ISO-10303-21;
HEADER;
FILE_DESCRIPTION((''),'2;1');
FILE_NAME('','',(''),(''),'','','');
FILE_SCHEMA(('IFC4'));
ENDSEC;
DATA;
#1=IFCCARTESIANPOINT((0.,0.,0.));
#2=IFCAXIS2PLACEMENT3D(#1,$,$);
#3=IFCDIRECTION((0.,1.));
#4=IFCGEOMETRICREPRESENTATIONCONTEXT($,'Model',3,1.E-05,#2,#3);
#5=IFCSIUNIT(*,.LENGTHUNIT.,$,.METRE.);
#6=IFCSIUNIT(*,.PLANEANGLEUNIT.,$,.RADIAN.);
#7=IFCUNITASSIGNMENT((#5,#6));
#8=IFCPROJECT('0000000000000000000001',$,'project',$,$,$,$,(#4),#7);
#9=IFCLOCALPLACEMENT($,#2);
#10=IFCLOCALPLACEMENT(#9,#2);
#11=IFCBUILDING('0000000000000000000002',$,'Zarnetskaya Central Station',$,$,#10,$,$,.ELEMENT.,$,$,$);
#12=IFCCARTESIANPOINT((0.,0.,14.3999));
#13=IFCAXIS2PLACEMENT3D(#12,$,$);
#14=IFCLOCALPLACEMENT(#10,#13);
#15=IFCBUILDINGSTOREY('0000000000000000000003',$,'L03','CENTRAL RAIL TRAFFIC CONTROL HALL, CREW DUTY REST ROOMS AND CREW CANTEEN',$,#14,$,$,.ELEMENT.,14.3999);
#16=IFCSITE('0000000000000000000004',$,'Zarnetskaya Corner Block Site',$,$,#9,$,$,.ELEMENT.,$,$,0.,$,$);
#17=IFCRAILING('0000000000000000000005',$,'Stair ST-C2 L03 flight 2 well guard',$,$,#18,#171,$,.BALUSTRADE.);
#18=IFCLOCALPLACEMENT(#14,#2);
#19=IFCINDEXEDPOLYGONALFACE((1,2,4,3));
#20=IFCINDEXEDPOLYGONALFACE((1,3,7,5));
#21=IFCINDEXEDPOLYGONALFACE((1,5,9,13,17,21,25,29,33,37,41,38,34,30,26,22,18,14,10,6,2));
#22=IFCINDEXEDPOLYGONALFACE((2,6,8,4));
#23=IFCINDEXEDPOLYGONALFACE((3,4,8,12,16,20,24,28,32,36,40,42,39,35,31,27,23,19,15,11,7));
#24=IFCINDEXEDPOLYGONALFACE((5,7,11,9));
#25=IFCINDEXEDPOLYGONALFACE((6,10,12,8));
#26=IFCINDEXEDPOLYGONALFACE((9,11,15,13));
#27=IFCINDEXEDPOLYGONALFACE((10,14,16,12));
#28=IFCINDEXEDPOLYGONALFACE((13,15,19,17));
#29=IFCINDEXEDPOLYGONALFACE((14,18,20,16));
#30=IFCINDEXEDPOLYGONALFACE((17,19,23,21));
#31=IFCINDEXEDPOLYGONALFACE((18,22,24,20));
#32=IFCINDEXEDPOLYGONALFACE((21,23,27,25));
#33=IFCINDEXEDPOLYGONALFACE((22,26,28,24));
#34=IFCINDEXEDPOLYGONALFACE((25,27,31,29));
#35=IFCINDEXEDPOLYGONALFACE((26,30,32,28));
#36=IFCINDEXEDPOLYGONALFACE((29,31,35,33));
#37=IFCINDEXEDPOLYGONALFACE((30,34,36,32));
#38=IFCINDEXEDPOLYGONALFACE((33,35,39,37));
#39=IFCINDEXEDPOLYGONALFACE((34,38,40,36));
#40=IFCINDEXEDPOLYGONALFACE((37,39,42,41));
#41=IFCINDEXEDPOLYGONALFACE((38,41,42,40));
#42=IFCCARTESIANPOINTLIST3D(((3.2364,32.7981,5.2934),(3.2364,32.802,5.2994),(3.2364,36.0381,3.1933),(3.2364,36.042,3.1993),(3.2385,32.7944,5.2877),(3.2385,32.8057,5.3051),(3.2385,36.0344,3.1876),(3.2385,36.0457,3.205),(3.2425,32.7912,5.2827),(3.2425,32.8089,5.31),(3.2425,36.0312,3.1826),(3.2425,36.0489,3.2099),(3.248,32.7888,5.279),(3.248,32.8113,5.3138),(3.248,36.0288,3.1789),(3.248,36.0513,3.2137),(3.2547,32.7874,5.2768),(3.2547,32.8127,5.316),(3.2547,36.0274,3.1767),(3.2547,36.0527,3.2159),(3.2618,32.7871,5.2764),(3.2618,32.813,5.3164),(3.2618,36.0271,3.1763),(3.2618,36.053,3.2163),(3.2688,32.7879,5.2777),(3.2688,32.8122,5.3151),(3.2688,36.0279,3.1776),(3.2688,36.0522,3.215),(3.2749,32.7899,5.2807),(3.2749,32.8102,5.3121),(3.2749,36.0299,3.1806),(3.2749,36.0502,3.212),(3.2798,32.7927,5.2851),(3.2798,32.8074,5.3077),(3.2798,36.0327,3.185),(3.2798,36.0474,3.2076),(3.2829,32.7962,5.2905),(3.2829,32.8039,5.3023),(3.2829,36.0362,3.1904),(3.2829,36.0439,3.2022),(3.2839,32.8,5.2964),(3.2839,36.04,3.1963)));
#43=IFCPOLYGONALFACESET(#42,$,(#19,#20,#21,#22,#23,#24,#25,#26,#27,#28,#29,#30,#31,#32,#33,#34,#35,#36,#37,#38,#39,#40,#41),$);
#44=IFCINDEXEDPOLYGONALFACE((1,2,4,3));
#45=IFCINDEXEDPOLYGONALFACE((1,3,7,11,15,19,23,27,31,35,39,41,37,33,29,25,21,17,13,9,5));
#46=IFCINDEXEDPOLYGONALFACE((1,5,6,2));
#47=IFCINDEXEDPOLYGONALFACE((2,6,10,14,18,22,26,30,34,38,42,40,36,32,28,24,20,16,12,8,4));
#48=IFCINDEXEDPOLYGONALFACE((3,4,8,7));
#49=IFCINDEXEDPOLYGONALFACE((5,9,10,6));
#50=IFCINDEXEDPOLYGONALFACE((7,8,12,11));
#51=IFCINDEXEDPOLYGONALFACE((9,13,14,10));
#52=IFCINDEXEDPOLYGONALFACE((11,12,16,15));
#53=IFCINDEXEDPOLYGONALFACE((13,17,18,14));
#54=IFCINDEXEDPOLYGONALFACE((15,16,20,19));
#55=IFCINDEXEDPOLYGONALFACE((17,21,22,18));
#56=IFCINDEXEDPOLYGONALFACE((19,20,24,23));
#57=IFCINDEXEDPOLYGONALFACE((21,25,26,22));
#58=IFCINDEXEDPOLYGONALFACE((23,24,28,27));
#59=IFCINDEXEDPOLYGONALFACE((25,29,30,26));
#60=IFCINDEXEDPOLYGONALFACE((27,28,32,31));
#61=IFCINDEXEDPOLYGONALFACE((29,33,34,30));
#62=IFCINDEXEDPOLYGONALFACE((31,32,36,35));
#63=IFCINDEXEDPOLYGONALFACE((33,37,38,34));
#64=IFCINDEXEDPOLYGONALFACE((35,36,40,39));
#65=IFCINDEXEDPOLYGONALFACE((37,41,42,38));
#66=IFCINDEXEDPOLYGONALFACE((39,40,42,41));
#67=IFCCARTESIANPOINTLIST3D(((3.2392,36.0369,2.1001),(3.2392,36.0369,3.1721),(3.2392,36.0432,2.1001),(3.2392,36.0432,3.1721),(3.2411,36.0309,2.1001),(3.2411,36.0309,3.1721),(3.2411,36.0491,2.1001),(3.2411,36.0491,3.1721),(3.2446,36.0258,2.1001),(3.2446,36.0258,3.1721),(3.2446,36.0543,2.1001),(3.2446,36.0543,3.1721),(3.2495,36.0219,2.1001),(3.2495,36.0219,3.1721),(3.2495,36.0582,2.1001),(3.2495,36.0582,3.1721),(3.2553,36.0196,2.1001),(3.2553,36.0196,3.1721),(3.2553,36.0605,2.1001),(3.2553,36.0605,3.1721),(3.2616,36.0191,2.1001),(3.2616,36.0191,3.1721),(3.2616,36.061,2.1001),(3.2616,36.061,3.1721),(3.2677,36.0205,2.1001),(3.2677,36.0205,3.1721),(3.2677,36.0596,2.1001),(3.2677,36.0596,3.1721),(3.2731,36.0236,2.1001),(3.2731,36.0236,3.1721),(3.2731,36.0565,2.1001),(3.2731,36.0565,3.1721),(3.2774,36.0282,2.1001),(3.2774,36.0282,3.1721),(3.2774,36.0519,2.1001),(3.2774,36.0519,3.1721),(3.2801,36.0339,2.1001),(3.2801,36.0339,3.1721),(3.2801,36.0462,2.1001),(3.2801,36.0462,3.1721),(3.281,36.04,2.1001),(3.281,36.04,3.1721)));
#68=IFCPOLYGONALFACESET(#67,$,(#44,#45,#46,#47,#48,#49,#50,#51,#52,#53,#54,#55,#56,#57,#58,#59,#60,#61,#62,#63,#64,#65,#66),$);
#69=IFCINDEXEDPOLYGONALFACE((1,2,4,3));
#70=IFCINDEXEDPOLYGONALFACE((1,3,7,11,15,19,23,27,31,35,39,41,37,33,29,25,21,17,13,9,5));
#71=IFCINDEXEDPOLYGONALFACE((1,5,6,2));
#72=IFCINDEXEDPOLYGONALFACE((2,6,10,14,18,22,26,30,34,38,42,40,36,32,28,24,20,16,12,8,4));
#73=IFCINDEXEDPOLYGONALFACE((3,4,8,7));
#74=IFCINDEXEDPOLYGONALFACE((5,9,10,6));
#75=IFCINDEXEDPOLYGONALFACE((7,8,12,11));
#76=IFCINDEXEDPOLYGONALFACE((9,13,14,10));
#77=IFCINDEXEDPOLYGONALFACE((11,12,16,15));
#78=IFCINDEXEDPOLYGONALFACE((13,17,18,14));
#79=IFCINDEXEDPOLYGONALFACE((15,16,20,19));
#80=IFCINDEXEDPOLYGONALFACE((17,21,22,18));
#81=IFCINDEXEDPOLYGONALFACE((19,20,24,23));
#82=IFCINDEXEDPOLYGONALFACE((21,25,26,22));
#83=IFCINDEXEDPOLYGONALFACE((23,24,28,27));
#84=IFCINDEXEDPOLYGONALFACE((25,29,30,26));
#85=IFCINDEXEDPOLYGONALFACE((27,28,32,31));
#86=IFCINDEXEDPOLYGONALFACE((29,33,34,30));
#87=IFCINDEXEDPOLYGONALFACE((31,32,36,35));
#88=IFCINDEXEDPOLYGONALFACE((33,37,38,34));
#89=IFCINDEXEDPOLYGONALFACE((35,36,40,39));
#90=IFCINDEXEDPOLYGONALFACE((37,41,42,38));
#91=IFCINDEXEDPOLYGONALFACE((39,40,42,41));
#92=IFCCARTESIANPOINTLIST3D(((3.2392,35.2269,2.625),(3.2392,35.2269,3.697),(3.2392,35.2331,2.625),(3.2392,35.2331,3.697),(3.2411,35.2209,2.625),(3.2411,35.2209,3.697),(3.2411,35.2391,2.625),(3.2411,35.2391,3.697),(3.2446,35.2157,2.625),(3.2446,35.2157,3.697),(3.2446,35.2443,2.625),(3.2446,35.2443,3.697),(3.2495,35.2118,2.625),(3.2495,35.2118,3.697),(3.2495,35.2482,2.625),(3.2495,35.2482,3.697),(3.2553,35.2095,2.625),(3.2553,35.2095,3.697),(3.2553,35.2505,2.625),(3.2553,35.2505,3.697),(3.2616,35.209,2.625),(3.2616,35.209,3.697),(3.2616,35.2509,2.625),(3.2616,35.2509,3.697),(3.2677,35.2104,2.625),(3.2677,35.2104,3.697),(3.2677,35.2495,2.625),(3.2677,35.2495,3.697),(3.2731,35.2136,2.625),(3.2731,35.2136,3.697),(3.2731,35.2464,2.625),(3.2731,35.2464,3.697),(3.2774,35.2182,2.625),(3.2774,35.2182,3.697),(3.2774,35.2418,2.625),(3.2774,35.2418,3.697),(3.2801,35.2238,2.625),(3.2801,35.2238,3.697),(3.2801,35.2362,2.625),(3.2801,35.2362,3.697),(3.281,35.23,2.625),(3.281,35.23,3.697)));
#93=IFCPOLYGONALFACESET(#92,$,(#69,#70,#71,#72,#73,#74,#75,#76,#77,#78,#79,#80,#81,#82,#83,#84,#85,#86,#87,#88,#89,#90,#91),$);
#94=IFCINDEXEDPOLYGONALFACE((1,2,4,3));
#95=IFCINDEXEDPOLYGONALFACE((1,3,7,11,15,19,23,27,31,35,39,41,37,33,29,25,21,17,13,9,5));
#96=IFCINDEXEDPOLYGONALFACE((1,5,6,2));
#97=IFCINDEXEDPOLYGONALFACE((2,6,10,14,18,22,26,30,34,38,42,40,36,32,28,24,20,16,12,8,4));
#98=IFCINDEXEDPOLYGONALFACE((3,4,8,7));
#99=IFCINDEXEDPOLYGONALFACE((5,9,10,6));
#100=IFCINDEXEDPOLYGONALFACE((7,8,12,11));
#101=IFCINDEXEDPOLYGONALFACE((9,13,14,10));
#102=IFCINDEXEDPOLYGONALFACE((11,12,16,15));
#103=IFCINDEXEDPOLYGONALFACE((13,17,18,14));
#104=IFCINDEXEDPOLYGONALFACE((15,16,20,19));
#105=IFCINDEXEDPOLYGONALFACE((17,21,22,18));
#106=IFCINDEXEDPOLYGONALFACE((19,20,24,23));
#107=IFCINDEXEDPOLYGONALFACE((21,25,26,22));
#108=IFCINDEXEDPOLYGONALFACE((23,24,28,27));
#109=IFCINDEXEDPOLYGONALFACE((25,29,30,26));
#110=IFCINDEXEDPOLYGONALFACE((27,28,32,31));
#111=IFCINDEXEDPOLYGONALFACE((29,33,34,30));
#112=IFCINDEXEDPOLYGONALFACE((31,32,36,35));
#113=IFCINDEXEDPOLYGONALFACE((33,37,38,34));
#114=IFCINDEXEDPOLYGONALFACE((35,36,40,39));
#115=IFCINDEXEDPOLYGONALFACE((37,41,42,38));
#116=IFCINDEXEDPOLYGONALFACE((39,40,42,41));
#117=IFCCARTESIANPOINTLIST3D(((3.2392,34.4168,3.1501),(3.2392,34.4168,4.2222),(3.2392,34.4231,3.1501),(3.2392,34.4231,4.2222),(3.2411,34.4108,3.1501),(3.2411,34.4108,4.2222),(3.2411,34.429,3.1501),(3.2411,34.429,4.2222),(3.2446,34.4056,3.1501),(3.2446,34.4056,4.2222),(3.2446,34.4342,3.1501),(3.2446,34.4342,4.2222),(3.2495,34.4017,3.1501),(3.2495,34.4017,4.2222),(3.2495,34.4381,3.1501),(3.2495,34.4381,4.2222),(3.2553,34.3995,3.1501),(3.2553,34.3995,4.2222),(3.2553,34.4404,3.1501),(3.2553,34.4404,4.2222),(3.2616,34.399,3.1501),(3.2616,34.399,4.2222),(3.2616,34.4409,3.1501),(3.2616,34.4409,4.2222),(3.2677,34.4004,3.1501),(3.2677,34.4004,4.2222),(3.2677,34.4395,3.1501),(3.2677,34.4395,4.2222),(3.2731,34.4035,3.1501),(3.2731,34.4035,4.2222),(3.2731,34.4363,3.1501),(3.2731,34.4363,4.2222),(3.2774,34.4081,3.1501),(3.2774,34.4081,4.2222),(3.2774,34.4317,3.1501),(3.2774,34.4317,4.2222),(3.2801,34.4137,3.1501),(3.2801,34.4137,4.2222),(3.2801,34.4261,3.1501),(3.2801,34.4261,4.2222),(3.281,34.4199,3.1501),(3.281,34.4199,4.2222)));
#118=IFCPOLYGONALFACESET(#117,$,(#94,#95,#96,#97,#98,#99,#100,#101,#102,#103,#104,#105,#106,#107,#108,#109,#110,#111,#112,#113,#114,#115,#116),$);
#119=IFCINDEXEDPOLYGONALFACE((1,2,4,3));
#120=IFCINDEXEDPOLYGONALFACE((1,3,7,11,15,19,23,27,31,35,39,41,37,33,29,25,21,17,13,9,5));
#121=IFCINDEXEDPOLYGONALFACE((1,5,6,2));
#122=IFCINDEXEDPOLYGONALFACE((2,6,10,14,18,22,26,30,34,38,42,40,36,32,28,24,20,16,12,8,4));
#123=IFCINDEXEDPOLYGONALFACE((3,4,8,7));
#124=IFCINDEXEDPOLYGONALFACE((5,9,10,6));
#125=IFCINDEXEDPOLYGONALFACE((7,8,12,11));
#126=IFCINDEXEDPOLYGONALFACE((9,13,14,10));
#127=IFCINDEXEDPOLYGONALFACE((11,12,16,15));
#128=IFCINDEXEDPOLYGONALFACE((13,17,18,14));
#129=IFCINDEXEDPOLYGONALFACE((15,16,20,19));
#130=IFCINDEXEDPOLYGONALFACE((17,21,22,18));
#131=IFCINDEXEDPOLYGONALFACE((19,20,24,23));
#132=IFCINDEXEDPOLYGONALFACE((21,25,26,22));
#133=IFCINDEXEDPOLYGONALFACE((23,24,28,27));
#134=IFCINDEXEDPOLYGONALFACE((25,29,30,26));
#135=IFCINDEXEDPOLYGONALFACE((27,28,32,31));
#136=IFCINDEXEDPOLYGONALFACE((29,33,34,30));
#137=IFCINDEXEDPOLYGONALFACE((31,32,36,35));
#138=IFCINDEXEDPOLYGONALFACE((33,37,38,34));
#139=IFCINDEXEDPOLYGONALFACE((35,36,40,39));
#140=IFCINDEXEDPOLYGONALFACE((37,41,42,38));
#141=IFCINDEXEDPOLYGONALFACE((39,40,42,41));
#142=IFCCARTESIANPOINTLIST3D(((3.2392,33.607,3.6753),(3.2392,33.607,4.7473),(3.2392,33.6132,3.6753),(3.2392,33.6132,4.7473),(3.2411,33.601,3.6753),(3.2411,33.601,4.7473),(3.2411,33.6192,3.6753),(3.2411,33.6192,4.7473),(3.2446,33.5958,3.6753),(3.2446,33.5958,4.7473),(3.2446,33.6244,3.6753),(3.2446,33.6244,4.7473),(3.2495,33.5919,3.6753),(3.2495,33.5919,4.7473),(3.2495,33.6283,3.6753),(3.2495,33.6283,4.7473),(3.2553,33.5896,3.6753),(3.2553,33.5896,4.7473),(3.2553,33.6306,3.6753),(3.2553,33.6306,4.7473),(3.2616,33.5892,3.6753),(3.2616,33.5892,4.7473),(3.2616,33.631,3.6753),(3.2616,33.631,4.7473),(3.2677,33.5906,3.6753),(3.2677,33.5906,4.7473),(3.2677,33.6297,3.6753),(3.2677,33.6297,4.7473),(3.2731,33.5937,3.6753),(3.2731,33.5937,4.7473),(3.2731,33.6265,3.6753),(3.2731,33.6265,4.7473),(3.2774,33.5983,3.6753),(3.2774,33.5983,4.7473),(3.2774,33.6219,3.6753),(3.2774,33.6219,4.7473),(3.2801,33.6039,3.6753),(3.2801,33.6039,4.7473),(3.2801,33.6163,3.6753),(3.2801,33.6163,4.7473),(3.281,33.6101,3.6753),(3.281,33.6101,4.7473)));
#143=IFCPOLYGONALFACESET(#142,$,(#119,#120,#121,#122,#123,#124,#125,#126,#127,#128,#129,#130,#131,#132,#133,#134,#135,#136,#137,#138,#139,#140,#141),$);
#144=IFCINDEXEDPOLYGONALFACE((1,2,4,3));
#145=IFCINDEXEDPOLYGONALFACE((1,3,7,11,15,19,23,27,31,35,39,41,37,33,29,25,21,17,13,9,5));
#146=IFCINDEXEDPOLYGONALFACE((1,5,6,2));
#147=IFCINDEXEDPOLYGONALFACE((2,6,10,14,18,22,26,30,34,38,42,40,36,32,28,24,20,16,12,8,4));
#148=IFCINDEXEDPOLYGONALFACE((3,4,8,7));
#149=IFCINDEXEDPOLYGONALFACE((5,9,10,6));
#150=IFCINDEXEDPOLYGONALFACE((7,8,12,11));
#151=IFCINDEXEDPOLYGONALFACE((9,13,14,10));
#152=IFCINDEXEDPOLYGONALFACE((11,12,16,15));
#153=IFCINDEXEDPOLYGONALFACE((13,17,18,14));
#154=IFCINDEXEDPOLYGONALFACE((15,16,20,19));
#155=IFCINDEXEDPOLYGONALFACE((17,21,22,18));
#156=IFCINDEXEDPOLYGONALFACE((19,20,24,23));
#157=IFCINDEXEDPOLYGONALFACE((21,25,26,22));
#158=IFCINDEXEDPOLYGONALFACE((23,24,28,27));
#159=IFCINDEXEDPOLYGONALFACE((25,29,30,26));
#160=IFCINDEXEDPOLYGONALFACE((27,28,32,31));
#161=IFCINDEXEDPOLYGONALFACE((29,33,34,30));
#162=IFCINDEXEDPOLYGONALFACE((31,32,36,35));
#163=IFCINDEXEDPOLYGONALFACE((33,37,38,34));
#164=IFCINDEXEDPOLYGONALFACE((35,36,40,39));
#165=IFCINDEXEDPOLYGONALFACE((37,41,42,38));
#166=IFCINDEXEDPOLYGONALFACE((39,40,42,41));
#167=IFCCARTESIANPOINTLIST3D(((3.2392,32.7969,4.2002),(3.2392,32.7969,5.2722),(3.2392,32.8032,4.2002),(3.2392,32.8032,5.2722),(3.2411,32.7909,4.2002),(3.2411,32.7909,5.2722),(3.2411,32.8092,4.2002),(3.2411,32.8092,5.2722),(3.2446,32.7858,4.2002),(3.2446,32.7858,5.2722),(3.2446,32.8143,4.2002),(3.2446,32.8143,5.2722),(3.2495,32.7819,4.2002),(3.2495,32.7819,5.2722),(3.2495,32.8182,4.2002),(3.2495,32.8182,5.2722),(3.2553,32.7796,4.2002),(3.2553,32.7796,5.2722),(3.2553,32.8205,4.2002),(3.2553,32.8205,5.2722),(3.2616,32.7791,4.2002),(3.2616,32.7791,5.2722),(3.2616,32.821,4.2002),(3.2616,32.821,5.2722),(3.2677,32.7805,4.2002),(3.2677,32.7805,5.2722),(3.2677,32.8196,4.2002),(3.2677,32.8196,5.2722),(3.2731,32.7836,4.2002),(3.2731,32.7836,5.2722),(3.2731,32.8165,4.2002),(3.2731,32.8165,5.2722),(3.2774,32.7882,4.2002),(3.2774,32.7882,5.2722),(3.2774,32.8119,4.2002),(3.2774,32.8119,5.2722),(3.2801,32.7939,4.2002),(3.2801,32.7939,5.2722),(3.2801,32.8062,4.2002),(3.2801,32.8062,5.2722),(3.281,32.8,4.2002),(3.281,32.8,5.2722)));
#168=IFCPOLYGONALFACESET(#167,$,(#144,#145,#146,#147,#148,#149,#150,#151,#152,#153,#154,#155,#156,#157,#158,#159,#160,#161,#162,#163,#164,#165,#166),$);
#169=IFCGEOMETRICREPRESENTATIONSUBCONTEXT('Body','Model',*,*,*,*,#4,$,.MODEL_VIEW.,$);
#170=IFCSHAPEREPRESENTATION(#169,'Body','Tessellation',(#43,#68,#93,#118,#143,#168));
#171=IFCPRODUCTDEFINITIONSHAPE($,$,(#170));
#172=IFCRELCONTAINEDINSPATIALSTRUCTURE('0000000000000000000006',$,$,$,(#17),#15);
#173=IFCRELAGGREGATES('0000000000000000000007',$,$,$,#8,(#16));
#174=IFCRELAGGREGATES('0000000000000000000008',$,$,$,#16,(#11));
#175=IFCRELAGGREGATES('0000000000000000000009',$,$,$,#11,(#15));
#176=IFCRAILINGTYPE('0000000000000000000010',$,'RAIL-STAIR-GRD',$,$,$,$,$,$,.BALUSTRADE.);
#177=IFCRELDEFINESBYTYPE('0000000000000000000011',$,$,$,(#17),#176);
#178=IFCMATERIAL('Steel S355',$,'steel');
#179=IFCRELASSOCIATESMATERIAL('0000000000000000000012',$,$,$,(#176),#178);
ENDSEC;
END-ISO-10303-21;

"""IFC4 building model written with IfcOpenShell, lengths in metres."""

from ifc_helpers import new_model, si_unit, direction, frame, origin, origin_2d, place, context, subcontext, project, spatial, circle, extrude, material, type_object, element, save


model = new_model("IFC4")

# Units and contexts
model_context = context("Model", 3, precision=1e-05, world=origin(), true_north=direction((0.0, 1.0)))
body_context = subcontext(model_context, "Body", "Model", "MODEL_VIEW")
ifc_project = project(units=[si_unit("LENGTHUNIT", "METRE"), si_unit("PLANEANGLEUNIT", "RADIAN")], contexts=[model_context])

# Site, building, storey
site_placement = place(None, origin())
site = spatial("IfcSite", under=ifc_project, at=site_placement, Name="Zarnetskaya Corner Block Site", CompositionType="ELEMENT", RefElevation=0.0)
building_placement = place(site_placement, origin())
building = spatial("IfcBuilding", under=site, at=building_placement, Name="Zarnetskaya Central Station", CompositionType="ELEMENT")
storey_placement = place(building_placement, frame((0.0, 0.0, 14.3999)))
storey = spatial("IfcBuildingStorey", under=building, at=storey_placement, Name="L03", Description="CENTRAL RAIL TRAFFIC CONTROL HALL, CREW DUTY REST ROOMS AND CREW CANTEEN", CompositionType="ELEMENT", Elevation=14.3999)

# Shared definitions
ifc_material_1 = material(Name="Steel S355", Category="steel")

# Railing
railing_type = type_object("IfcRailingType", Name="RAIL-STAIR-GRD", PredefinedType="BALUSTRADE", material=ifc_material_1)
railing_1_placement = place(storey_placement, frame((3.26, 36.04, 2.1001)))
element("IfcRailing", 1, at=railing_1_placement, inside=storey, type_object=railing_type, Name="Stair ST-C2 L03 flight 2 well guard", PredefinedType="BALUSTRADE", context=body_context, shape_type="SweptSolid", body=[
    extrude(circle(Radius=0.0239, at=origin_2d()), frame((0.0, 0.0, 1.0962), z_axis=(0.0, -0.839141, 0.543914), x_axis=(1.0, 0.0, 0.0)), (0.0, 0.0, 1.0), 3.8611),
    extrude(circle(Radius=0.021, at=origin_2d()), origin(), (0.0, 0.0, 1.0), 1.072),
    extrude(circle(Radius=0.021, at=origin_2d()), frame((0.0, -0.8101, 0.5249)), (0.0, 0.0, 1.0), 1.072),
    extrude(circle(Radius=0.021, at=origin_2d()), frame((0.0, -1.6201, 1.05)), (0.0, 0.0, 1.0), 1.072),
    extrude(circle(Radius=0.021, at=origin_2d()), frame((0.0, -2.4299, 1.5752)), (0.0, 0.0, 1.0), 1.072),
    extrude(circle(Radius=0.021, at=origin_2d()), frame((0.0, -3.24, 2.1001)), (0.0, 0.0, 1.0), 1.072),
])

save(model, "model.ifc")
